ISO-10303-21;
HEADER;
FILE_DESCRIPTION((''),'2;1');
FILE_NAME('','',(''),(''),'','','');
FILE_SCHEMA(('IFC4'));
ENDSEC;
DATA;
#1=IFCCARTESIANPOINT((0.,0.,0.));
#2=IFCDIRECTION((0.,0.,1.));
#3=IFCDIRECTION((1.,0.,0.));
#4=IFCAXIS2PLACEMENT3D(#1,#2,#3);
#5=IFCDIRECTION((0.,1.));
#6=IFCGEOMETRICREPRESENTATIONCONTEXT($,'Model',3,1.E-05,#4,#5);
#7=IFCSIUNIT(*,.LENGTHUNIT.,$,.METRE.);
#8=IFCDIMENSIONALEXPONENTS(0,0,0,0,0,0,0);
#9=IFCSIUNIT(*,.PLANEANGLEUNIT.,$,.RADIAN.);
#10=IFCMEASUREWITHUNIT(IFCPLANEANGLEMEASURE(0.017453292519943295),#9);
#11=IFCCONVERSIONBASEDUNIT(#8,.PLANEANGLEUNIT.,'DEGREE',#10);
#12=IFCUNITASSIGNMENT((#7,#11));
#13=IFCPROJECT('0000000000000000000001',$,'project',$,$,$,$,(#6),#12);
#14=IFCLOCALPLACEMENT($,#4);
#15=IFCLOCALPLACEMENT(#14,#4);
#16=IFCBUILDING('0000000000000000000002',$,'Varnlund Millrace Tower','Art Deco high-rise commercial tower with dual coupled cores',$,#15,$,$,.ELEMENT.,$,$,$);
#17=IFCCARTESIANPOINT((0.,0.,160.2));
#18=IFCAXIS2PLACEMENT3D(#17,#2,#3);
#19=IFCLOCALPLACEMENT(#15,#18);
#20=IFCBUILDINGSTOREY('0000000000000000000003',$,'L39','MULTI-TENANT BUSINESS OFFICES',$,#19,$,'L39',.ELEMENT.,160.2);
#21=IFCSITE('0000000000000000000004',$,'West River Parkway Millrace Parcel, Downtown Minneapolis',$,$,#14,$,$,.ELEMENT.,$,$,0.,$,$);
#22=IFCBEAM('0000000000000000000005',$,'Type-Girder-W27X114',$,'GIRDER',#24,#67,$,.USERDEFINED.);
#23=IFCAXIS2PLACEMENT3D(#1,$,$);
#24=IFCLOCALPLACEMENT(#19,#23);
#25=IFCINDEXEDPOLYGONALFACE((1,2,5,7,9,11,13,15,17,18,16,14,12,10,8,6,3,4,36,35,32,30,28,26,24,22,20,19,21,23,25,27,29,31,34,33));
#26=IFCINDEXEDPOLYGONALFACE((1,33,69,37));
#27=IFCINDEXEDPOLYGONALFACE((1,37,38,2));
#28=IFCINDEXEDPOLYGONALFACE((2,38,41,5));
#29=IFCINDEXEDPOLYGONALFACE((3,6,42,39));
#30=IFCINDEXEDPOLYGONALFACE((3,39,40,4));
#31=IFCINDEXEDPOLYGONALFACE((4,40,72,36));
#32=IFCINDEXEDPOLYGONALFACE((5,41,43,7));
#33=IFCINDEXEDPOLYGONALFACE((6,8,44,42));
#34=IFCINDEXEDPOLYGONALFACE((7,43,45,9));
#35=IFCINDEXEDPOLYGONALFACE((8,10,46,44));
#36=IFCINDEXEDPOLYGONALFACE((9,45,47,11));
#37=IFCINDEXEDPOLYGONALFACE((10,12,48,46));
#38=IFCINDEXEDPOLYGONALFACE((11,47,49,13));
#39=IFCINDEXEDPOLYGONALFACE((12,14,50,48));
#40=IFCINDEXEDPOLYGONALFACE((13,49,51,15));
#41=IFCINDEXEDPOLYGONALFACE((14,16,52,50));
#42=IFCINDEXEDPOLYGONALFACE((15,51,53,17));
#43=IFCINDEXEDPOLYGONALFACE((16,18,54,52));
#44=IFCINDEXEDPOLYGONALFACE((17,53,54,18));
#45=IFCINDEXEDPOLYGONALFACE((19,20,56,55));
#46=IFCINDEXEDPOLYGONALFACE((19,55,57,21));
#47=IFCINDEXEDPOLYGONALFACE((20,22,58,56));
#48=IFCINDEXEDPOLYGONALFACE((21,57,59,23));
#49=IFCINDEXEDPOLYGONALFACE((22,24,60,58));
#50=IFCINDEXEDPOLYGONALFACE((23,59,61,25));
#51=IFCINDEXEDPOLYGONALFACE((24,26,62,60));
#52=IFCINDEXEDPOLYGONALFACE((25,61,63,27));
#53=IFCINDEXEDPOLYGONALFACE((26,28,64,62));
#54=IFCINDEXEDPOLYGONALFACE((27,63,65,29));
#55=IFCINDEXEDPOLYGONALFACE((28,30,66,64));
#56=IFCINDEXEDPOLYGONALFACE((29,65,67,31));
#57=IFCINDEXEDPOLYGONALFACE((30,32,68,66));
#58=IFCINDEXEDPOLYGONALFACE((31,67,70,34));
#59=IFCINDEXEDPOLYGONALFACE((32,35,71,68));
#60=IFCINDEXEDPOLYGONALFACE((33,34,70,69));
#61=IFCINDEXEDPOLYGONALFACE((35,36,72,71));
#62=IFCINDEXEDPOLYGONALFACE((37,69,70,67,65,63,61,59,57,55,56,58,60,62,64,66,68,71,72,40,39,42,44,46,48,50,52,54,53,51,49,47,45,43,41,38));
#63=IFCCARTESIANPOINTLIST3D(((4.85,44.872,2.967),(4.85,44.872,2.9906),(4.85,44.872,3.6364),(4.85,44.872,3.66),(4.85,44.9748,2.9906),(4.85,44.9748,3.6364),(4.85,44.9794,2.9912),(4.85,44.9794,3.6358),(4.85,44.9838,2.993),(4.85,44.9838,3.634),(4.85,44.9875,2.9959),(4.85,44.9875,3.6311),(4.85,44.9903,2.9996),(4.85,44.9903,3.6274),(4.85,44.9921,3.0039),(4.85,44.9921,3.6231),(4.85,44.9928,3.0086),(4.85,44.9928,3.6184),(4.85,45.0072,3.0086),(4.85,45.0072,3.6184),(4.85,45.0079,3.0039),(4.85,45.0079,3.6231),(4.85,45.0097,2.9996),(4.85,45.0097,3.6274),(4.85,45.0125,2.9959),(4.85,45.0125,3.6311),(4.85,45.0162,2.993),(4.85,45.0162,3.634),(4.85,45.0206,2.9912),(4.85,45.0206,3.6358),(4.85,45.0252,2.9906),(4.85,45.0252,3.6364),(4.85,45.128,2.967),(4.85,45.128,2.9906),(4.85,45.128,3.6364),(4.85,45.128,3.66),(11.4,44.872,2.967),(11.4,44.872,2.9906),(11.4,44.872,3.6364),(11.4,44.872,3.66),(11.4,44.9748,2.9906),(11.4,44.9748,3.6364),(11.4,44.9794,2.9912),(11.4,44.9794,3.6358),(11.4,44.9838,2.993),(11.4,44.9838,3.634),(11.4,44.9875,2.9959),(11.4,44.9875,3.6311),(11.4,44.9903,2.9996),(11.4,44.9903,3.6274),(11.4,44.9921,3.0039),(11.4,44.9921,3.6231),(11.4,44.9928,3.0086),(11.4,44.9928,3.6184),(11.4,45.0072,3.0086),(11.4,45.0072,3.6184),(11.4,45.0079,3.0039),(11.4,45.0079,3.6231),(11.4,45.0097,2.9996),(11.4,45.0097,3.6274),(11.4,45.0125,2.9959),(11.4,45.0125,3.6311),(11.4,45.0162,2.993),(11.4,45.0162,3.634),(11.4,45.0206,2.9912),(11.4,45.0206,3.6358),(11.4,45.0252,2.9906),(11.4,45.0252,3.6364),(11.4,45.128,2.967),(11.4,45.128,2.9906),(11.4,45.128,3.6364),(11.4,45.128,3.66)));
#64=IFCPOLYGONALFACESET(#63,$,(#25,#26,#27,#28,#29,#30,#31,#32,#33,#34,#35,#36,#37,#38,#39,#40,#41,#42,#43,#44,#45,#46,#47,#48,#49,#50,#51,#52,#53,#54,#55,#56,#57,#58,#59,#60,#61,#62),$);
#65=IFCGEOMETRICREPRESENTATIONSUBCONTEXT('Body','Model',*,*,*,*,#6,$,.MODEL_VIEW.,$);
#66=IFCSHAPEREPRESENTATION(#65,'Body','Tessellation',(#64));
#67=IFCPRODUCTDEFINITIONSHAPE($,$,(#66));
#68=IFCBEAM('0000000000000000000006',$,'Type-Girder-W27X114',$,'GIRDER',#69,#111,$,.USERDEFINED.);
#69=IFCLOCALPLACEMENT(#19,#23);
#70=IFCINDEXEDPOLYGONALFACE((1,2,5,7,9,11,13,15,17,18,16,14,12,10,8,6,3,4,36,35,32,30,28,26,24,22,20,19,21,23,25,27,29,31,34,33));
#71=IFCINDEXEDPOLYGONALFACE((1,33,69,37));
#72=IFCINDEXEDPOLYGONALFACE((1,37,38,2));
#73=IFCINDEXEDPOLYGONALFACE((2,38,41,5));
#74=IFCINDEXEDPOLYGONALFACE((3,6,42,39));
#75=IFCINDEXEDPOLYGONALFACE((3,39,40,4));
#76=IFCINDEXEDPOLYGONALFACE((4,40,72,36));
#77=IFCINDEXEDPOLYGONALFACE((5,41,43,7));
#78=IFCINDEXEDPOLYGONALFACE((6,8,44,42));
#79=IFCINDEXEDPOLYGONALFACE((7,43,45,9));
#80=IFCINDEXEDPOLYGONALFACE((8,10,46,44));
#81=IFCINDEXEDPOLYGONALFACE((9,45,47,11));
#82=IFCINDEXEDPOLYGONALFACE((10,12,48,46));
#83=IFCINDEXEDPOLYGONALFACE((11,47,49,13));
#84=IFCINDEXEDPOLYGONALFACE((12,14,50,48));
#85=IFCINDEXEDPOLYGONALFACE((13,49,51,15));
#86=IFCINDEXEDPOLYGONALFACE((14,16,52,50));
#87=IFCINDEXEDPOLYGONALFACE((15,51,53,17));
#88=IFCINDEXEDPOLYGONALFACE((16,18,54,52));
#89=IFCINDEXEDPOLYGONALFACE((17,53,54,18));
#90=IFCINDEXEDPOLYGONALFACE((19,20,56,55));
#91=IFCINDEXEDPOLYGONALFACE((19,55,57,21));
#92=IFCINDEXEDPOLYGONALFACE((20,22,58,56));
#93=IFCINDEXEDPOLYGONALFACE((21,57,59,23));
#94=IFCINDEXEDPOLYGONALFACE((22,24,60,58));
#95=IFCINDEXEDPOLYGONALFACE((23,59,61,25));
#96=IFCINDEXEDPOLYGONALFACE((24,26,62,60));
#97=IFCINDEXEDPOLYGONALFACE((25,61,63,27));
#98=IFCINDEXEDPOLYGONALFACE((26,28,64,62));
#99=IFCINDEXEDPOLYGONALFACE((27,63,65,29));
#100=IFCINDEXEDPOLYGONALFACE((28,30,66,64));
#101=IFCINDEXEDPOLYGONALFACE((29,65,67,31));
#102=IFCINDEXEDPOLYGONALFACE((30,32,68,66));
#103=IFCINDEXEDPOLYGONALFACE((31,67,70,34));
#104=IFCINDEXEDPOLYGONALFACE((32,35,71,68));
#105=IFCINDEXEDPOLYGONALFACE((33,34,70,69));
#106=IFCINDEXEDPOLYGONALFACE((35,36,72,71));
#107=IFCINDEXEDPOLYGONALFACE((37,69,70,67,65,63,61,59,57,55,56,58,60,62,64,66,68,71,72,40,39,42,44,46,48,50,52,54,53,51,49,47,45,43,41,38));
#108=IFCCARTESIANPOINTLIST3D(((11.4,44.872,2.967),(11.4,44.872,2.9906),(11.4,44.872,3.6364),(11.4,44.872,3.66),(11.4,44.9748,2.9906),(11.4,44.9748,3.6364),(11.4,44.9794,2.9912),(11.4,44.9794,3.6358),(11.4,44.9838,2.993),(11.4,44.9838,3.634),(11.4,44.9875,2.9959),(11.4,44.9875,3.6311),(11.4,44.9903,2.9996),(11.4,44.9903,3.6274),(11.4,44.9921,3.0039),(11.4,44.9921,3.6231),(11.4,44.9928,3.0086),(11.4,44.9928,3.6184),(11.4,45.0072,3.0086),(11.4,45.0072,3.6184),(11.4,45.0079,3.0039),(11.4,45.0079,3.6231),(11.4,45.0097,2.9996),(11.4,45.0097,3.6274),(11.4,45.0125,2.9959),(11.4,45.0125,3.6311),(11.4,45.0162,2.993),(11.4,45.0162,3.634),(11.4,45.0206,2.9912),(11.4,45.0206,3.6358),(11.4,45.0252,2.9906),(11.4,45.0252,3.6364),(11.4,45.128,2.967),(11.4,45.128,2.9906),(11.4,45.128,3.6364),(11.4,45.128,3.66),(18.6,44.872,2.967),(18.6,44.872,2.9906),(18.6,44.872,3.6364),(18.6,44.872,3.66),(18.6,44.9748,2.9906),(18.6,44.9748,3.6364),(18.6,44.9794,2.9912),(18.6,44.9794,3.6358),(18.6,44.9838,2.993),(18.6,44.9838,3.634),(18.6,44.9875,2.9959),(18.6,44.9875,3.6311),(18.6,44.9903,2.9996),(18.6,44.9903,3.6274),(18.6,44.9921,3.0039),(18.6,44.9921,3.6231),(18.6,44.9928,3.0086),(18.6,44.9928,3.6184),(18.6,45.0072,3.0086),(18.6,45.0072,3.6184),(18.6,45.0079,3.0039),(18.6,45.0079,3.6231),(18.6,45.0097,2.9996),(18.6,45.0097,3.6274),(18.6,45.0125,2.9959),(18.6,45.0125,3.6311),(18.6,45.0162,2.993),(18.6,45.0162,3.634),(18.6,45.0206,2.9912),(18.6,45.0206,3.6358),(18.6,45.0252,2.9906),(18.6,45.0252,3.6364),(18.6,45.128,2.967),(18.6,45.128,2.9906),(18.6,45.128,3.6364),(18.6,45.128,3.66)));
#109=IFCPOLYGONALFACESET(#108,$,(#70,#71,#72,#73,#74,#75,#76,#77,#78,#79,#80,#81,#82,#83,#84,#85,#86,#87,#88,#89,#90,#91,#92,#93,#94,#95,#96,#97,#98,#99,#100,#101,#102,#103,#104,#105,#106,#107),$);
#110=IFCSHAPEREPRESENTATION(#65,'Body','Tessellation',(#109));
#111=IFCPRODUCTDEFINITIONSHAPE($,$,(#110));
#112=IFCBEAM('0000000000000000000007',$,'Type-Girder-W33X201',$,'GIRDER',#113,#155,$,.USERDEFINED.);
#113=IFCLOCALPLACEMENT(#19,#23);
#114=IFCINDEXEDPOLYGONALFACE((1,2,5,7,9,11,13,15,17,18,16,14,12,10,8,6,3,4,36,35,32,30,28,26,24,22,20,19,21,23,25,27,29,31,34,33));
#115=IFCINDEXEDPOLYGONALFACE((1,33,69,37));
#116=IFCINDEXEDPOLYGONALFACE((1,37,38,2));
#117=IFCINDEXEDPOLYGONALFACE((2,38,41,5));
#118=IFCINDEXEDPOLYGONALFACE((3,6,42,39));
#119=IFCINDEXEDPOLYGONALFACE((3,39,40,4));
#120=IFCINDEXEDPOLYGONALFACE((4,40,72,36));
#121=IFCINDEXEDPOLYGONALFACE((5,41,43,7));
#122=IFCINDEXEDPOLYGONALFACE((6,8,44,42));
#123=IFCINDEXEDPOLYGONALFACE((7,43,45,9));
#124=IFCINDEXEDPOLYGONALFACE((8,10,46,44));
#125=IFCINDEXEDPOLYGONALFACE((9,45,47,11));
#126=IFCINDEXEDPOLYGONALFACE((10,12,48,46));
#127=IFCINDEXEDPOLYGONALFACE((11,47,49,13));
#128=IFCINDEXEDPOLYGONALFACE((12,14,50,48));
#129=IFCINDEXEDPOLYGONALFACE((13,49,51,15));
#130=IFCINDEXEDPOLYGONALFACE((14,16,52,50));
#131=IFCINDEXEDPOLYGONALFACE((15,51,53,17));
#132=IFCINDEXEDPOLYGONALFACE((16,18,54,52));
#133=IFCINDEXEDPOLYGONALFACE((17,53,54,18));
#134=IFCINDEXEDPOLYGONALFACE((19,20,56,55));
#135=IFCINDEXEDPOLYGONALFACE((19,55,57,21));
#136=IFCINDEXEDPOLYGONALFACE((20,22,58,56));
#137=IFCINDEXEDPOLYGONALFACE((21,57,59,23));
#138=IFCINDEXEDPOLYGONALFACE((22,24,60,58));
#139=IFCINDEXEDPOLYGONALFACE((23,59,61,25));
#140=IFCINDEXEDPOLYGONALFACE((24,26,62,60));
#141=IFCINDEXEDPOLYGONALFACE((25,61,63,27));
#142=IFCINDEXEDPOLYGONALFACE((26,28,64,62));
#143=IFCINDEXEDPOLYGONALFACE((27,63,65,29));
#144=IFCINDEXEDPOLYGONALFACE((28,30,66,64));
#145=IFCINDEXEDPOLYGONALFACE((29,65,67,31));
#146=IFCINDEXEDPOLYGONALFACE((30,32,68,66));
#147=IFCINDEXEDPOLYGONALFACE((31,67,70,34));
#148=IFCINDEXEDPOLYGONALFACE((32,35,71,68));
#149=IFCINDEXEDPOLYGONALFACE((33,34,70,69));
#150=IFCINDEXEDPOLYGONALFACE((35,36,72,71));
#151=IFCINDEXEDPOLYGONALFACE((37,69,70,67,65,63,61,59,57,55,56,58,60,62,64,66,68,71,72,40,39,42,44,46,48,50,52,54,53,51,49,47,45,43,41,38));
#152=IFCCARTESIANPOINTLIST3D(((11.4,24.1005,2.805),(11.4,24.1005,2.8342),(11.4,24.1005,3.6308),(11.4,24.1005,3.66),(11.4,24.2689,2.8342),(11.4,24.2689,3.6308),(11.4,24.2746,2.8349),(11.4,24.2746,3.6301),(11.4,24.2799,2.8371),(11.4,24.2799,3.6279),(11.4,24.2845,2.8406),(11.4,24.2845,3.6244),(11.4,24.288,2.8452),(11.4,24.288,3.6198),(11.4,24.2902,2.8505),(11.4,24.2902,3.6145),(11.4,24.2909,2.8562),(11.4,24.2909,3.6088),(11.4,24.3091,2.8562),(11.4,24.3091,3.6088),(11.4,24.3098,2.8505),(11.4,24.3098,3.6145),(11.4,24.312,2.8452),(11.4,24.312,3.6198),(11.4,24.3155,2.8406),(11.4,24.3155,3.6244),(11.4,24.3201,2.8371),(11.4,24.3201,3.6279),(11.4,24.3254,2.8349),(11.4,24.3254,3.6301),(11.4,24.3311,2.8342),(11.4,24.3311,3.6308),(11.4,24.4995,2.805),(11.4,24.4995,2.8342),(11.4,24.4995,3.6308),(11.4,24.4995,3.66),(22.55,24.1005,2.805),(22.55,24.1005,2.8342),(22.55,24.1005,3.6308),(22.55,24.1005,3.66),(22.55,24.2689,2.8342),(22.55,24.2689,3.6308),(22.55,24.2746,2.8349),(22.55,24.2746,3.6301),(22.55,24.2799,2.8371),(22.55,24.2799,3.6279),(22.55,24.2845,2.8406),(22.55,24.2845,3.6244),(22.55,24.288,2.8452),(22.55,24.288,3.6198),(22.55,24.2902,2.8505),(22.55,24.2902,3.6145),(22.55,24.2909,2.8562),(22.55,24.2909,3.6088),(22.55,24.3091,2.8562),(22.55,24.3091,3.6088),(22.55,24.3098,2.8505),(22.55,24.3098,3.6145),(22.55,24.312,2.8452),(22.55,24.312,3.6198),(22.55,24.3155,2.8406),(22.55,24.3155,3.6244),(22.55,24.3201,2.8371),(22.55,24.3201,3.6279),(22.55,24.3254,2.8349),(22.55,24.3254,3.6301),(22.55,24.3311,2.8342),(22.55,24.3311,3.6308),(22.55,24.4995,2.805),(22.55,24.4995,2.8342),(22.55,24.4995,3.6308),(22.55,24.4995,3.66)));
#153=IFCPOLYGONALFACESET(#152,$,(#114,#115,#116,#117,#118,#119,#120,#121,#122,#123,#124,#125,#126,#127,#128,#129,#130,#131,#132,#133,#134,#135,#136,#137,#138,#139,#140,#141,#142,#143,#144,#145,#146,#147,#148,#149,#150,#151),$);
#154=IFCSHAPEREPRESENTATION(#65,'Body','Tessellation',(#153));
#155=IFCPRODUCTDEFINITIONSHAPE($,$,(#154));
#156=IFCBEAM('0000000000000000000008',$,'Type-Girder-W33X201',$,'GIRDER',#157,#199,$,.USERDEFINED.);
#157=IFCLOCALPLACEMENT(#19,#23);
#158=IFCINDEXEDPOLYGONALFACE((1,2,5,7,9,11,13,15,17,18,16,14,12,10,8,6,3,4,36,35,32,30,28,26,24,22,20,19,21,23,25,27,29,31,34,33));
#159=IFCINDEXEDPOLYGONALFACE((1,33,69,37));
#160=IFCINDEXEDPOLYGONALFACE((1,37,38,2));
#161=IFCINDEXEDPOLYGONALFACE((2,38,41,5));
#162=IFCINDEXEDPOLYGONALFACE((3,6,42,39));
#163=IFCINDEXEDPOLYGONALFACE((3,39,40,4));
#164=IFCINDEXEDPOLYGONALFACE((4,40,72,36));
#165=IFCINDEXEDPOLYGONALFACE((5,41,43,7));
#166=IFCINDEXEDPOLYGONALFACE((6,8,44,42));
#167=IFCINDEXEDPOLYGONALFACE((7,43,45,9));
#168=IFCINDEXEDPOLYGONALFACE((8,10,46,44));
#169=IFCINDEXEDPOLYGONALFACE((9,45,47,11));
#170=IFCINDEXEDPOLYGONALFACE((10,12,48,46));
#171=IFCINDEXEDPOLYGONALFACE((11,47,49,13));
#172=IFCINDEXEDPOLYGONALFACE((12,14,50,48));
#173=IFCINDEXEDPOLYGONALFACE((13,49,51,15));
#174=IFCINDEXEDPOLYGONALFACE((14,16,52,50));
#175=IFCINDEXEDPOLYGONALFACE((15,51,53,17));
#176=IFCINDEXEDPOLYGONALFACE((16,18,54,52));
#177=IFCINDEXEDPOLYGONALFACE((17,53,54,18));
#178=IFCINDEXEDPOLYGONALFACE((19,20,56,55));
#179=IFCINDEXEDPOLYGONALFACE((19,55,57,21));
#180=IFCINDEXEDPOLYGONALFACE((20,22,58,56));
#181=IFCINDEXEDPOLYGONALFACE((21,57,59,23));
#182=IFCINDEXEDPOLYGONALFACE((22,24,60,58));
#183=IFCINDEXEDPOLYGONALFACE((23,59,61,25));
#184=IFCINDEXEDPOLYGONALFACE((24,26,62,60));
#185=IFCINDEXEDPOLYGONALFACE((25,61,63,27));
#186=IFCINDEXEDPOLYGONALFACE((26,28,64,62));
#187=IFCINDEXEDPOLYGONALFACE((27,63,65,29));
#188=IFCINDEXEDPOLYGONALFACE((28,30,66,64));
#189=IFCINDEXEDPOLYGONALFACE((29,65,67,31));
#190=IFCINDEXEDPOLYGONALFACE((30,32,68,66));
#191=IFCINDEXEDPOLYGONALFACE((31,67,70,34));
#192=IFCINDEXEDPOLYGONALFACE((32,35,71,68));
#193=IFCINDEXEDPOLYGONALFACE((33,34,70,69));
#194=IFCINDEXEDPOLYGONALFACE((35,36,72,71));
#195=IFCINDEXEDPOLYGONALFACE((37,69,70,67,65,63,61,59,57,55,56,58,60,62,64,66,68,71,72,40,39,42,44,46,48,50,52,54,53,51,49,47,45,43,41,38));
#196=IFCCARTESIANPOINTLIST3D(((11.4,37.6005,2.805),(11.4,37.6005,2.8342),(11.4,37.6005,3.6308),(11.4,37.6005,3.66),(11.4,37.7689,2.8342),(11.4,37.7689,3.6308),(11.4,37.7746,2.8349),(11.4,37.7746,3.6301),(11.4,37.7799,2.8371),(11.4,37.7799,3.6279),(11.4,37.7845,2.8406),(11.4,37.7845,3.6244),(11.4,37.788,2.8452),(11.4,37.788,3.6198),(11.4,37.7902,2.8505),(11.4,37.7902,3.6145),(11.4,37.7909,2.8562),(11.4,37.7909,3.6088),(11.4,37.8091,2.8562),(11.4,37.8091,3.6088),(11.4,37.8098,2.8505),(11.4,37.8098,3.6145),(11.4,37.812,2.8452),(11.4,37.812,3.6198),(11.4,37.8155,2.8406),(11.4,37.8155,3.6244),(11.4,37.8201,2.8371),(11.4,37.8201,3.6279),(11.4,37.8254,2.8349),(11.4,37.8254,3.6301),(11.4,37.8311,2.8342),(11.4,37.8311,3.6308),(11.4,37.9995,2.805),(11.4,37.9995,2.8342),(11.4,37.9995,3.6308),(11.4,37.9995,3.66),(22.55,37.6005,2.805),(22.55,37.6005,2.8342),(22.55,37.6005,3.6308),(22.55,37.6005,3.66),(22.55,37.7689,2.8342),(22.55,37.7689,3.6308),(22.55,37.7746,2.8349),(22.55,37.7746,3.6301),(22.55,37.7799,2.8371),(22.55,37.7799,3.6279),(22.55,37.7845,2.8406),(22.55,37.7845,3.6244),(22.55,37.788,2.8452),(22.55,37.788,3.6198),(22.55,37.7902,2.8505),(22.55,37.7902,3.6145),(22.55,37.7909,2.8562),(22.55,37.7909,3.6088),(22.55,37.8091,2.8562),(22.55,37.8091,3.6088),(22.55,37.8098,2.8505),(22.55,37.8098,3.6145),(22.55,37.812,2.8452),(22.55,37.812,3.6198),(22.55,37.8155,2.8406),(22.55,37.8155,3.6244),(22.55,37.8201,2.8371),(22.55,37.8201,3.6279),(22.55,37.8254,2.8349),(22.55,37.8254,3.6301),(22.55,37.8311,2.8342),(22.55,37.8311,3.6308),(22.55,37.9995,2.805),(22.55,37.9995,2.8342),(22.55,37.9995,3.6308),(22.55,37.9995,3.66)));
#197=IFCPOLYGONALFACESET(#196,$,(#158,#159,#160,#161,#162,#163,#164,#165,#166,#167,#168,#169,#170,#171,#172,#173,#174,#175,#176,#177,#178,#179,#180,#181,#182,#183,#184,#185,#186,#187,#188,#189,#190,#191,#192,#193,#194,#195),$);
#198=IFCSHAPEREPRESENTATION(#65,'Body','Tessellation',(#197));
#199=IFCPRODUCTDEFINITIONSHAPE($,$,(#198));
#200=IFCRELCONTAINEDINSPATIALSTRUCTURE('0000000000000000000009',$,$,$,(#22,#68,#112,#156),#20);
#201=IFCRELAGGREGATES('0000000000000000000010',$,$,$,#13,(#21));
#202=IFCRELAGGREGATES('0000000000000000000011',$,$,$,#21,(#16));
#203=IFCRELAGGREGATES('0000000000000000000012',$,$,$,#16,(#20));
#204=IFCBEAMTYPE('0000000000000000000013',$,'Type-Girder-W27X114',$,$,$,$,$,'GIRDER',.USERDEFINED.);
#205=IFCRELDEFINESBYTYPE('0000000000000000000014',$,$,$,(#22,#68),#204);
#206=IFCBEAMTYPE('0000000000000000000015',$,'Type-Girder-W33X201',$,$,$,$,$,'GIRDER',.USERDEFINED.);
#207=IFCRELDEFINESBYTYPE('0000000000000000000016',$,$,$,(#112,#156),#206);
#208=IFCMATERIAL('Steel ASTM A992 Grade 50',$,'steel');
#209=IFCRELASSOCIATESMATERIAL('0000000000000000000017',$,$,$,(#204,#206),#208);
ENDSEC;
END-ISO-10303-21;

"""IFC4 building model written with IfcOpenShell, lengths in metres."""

from ifc_helpers import new_model, entity, si_unit, converted_unit, direction, frame, origin_with_axes, origin_2d_with_axis, place, context, subcontext, project, spatial, i_section, extrude, material, material_profile, profile_set, type_object, element, save


model = new_model("IFC4")

# Units and contexts
model_context = context("Model", 3, precision=1e-05, world=origin_with_axes(), true_north=direction((0.0, 1.0)))
body_context = subcontext(model_context, "Body", "Model", "MODEL_VIEW")
ifc_project = project(units=[si_unit("LENGTHUNIT", "METRE"), converted_unit("PLANEANGLEUNIT", "DEGREE", entity("IfcPlaneAngleMeasure", 0.017453292519943295), si_unit("PLANEANGLEUNIT", "RADIAN"), dimensions=[0, 0, 0, 0, 0, 0, 0])], contexts=[model_context])

# Site, building, storey
site_placement = place(None, origin_with_axes())
site = spatial("IfcSite", under=ifc_project, at=site_placement, Name="West River Parkway Millrace Parcel, Downtown Minneapolis", CompositionType="ELEMENT", RefElevation=0.0)
building_placement = place(site_placement, origin_with_axes())
building = spatial("IfcBuilding", under=site, at=building_placement, Name="Varnlund Millrace Tower", Description="Art Deco high-rise commercial tower with dual coupled cores", CompositionType="ELEMENT")
storey_placement = place(building_placement, frame((0.0, 0.0, 160.2), z_axis=(0.0, 0.0, 1.0), x_axis=(1.0, 0.0, 0.0)))
storey = spatial("IfcBuildingStorey", under=building, at=storey_placement, Name="L39", Description="MULTI-TENANT BUSINESS OFFICES", LongName="L39", CompositionType="ELEMENT", Elevation=160.2)

# Beams
ifc_material_1 = material(Name="Steel ASTM A992 Grade 50", Category="steel")
ifc_material_profile_1 = material_profile(ifc_material_1, i_section(OverallWidth=0.256, OverallDepth=0.693, WebThickness=0.0145, FlangeThickness=0.0236, FilletRadius=0.018, at=origin_2d_with_axis()), Name="Steel ASTM A992 Grade 50")
ifc_profile_set_1 = profile_set([ifc_material_profile_1], Name="Steel ASTM A992 Grade 50")
beam_type_1 = type_object("IfcBeamType", Name="Type-Girder-W27X114", ElementType="GIRDER", PredefinedType="USERDEFINED", material=ifc_profile_set_1)
beam_1_placement = place(storey_placement, frame((4.85, 45.0, 3.3135), z_axis=(1.0, 0.0, 0.0), x_axis=(0.0, 1.0, 0.0)))
element("IfcBeam", 1, at=beam_1_placement, inside=storey, type_object=beam_type_1, Name="Type-Girder-W27X114", ObjectType="GIRDER", PredefinedType="USERDEFINED", context=body_context, shape_type="SweptSolid", body=[
    extrude(i_section(OverallWidth=0.256, OverallDepth=0.693, WebThickness=0.0145, FlangeThickness=0.0236, FilletRadius=0.018, at=origin_2d_with_axis()), origin_with_axes(), (0.0, 0.0, 1.0), 6.55),
])
beam_2_placement = place(storey_placement, frame((11.4, 45.0, 3.3135), z_axis=(1.0, 0.0, 0.0), x_axis=(0.0, 1.0, 0.0)))
element("IfcBeam", 2, at=beam_2_placement, inside=storey, type_object=beam_type_1, Name="Type-Girder-W27X114", ObjectType="GIRDER", PredefinedType="USERDEFINED", context=body_context, shape_type="SweptSolid", body=[
    extrude(i_section(OverallWidth=0.256, OverallDepth=0.693, WebThickness=0.0145, FlangeThickness=0.0236, FilletRadius=0.018, at=origin_2d_with_axis()), origin_with_axes(), (0.0, 0.0, 1.0), 7.2),
])
ifc_material_profile_2 = material_profile(ifc_material_1, i_section(OverallWidth=0.399, OverallDepth=0.855, WebThickness=0.0182, FlangeThickness=0.0292, FilletRadius=0.022, at=origin_2d_with_axis()), Name="Steel ASTM A992 Grade 50")
ifc_profile_set_2 = profile_set([ifc_material_profile_2], Name="Steel ASTM A992 Grade 50")
beam_type_2 = type_object("IfcBeamType", Name="Type-Girder-W33X201", ElementType="GIRDER", PredefinedType="USERDEFINED", material=ifc_profile_set_2)
for number, where, z_axis, x_axis, name in (
    (3, (11.4, 24.3, 3.2325), (1.0, 0.0, 0.0), (0.0, 1.0, 0.0), "Type-Girder-W33X201"),
    (4, (11.4, 37.8, 3.2325), (1.0, 0.0, 0.0), (0.0, 1.0, 0.0), "Type-Girder-W33X201"),
):
    element("IfcBeam", number, at=place(storey_placement, frame(where, z_axis=z_axis, x_axis=x_axis)), inside=storey, type_object=beam_type_2, Name=name, ObjectType="GIRDER", PredefinedType="USERDEFINED", context=body_context, shape_type="SweptSolid", body=[
        extrude(i_section(OverallWidth=0.399, OverallDepth=0.855, WebThickness=0.0182, FlangeThickness=0.0292, FilletRadius=0.022, at=origin_2d_with_axis()), origin_with_axes(), (0.0, 0.0, 1.0), 11.15),
    ])

save(model, "model.ifc")
